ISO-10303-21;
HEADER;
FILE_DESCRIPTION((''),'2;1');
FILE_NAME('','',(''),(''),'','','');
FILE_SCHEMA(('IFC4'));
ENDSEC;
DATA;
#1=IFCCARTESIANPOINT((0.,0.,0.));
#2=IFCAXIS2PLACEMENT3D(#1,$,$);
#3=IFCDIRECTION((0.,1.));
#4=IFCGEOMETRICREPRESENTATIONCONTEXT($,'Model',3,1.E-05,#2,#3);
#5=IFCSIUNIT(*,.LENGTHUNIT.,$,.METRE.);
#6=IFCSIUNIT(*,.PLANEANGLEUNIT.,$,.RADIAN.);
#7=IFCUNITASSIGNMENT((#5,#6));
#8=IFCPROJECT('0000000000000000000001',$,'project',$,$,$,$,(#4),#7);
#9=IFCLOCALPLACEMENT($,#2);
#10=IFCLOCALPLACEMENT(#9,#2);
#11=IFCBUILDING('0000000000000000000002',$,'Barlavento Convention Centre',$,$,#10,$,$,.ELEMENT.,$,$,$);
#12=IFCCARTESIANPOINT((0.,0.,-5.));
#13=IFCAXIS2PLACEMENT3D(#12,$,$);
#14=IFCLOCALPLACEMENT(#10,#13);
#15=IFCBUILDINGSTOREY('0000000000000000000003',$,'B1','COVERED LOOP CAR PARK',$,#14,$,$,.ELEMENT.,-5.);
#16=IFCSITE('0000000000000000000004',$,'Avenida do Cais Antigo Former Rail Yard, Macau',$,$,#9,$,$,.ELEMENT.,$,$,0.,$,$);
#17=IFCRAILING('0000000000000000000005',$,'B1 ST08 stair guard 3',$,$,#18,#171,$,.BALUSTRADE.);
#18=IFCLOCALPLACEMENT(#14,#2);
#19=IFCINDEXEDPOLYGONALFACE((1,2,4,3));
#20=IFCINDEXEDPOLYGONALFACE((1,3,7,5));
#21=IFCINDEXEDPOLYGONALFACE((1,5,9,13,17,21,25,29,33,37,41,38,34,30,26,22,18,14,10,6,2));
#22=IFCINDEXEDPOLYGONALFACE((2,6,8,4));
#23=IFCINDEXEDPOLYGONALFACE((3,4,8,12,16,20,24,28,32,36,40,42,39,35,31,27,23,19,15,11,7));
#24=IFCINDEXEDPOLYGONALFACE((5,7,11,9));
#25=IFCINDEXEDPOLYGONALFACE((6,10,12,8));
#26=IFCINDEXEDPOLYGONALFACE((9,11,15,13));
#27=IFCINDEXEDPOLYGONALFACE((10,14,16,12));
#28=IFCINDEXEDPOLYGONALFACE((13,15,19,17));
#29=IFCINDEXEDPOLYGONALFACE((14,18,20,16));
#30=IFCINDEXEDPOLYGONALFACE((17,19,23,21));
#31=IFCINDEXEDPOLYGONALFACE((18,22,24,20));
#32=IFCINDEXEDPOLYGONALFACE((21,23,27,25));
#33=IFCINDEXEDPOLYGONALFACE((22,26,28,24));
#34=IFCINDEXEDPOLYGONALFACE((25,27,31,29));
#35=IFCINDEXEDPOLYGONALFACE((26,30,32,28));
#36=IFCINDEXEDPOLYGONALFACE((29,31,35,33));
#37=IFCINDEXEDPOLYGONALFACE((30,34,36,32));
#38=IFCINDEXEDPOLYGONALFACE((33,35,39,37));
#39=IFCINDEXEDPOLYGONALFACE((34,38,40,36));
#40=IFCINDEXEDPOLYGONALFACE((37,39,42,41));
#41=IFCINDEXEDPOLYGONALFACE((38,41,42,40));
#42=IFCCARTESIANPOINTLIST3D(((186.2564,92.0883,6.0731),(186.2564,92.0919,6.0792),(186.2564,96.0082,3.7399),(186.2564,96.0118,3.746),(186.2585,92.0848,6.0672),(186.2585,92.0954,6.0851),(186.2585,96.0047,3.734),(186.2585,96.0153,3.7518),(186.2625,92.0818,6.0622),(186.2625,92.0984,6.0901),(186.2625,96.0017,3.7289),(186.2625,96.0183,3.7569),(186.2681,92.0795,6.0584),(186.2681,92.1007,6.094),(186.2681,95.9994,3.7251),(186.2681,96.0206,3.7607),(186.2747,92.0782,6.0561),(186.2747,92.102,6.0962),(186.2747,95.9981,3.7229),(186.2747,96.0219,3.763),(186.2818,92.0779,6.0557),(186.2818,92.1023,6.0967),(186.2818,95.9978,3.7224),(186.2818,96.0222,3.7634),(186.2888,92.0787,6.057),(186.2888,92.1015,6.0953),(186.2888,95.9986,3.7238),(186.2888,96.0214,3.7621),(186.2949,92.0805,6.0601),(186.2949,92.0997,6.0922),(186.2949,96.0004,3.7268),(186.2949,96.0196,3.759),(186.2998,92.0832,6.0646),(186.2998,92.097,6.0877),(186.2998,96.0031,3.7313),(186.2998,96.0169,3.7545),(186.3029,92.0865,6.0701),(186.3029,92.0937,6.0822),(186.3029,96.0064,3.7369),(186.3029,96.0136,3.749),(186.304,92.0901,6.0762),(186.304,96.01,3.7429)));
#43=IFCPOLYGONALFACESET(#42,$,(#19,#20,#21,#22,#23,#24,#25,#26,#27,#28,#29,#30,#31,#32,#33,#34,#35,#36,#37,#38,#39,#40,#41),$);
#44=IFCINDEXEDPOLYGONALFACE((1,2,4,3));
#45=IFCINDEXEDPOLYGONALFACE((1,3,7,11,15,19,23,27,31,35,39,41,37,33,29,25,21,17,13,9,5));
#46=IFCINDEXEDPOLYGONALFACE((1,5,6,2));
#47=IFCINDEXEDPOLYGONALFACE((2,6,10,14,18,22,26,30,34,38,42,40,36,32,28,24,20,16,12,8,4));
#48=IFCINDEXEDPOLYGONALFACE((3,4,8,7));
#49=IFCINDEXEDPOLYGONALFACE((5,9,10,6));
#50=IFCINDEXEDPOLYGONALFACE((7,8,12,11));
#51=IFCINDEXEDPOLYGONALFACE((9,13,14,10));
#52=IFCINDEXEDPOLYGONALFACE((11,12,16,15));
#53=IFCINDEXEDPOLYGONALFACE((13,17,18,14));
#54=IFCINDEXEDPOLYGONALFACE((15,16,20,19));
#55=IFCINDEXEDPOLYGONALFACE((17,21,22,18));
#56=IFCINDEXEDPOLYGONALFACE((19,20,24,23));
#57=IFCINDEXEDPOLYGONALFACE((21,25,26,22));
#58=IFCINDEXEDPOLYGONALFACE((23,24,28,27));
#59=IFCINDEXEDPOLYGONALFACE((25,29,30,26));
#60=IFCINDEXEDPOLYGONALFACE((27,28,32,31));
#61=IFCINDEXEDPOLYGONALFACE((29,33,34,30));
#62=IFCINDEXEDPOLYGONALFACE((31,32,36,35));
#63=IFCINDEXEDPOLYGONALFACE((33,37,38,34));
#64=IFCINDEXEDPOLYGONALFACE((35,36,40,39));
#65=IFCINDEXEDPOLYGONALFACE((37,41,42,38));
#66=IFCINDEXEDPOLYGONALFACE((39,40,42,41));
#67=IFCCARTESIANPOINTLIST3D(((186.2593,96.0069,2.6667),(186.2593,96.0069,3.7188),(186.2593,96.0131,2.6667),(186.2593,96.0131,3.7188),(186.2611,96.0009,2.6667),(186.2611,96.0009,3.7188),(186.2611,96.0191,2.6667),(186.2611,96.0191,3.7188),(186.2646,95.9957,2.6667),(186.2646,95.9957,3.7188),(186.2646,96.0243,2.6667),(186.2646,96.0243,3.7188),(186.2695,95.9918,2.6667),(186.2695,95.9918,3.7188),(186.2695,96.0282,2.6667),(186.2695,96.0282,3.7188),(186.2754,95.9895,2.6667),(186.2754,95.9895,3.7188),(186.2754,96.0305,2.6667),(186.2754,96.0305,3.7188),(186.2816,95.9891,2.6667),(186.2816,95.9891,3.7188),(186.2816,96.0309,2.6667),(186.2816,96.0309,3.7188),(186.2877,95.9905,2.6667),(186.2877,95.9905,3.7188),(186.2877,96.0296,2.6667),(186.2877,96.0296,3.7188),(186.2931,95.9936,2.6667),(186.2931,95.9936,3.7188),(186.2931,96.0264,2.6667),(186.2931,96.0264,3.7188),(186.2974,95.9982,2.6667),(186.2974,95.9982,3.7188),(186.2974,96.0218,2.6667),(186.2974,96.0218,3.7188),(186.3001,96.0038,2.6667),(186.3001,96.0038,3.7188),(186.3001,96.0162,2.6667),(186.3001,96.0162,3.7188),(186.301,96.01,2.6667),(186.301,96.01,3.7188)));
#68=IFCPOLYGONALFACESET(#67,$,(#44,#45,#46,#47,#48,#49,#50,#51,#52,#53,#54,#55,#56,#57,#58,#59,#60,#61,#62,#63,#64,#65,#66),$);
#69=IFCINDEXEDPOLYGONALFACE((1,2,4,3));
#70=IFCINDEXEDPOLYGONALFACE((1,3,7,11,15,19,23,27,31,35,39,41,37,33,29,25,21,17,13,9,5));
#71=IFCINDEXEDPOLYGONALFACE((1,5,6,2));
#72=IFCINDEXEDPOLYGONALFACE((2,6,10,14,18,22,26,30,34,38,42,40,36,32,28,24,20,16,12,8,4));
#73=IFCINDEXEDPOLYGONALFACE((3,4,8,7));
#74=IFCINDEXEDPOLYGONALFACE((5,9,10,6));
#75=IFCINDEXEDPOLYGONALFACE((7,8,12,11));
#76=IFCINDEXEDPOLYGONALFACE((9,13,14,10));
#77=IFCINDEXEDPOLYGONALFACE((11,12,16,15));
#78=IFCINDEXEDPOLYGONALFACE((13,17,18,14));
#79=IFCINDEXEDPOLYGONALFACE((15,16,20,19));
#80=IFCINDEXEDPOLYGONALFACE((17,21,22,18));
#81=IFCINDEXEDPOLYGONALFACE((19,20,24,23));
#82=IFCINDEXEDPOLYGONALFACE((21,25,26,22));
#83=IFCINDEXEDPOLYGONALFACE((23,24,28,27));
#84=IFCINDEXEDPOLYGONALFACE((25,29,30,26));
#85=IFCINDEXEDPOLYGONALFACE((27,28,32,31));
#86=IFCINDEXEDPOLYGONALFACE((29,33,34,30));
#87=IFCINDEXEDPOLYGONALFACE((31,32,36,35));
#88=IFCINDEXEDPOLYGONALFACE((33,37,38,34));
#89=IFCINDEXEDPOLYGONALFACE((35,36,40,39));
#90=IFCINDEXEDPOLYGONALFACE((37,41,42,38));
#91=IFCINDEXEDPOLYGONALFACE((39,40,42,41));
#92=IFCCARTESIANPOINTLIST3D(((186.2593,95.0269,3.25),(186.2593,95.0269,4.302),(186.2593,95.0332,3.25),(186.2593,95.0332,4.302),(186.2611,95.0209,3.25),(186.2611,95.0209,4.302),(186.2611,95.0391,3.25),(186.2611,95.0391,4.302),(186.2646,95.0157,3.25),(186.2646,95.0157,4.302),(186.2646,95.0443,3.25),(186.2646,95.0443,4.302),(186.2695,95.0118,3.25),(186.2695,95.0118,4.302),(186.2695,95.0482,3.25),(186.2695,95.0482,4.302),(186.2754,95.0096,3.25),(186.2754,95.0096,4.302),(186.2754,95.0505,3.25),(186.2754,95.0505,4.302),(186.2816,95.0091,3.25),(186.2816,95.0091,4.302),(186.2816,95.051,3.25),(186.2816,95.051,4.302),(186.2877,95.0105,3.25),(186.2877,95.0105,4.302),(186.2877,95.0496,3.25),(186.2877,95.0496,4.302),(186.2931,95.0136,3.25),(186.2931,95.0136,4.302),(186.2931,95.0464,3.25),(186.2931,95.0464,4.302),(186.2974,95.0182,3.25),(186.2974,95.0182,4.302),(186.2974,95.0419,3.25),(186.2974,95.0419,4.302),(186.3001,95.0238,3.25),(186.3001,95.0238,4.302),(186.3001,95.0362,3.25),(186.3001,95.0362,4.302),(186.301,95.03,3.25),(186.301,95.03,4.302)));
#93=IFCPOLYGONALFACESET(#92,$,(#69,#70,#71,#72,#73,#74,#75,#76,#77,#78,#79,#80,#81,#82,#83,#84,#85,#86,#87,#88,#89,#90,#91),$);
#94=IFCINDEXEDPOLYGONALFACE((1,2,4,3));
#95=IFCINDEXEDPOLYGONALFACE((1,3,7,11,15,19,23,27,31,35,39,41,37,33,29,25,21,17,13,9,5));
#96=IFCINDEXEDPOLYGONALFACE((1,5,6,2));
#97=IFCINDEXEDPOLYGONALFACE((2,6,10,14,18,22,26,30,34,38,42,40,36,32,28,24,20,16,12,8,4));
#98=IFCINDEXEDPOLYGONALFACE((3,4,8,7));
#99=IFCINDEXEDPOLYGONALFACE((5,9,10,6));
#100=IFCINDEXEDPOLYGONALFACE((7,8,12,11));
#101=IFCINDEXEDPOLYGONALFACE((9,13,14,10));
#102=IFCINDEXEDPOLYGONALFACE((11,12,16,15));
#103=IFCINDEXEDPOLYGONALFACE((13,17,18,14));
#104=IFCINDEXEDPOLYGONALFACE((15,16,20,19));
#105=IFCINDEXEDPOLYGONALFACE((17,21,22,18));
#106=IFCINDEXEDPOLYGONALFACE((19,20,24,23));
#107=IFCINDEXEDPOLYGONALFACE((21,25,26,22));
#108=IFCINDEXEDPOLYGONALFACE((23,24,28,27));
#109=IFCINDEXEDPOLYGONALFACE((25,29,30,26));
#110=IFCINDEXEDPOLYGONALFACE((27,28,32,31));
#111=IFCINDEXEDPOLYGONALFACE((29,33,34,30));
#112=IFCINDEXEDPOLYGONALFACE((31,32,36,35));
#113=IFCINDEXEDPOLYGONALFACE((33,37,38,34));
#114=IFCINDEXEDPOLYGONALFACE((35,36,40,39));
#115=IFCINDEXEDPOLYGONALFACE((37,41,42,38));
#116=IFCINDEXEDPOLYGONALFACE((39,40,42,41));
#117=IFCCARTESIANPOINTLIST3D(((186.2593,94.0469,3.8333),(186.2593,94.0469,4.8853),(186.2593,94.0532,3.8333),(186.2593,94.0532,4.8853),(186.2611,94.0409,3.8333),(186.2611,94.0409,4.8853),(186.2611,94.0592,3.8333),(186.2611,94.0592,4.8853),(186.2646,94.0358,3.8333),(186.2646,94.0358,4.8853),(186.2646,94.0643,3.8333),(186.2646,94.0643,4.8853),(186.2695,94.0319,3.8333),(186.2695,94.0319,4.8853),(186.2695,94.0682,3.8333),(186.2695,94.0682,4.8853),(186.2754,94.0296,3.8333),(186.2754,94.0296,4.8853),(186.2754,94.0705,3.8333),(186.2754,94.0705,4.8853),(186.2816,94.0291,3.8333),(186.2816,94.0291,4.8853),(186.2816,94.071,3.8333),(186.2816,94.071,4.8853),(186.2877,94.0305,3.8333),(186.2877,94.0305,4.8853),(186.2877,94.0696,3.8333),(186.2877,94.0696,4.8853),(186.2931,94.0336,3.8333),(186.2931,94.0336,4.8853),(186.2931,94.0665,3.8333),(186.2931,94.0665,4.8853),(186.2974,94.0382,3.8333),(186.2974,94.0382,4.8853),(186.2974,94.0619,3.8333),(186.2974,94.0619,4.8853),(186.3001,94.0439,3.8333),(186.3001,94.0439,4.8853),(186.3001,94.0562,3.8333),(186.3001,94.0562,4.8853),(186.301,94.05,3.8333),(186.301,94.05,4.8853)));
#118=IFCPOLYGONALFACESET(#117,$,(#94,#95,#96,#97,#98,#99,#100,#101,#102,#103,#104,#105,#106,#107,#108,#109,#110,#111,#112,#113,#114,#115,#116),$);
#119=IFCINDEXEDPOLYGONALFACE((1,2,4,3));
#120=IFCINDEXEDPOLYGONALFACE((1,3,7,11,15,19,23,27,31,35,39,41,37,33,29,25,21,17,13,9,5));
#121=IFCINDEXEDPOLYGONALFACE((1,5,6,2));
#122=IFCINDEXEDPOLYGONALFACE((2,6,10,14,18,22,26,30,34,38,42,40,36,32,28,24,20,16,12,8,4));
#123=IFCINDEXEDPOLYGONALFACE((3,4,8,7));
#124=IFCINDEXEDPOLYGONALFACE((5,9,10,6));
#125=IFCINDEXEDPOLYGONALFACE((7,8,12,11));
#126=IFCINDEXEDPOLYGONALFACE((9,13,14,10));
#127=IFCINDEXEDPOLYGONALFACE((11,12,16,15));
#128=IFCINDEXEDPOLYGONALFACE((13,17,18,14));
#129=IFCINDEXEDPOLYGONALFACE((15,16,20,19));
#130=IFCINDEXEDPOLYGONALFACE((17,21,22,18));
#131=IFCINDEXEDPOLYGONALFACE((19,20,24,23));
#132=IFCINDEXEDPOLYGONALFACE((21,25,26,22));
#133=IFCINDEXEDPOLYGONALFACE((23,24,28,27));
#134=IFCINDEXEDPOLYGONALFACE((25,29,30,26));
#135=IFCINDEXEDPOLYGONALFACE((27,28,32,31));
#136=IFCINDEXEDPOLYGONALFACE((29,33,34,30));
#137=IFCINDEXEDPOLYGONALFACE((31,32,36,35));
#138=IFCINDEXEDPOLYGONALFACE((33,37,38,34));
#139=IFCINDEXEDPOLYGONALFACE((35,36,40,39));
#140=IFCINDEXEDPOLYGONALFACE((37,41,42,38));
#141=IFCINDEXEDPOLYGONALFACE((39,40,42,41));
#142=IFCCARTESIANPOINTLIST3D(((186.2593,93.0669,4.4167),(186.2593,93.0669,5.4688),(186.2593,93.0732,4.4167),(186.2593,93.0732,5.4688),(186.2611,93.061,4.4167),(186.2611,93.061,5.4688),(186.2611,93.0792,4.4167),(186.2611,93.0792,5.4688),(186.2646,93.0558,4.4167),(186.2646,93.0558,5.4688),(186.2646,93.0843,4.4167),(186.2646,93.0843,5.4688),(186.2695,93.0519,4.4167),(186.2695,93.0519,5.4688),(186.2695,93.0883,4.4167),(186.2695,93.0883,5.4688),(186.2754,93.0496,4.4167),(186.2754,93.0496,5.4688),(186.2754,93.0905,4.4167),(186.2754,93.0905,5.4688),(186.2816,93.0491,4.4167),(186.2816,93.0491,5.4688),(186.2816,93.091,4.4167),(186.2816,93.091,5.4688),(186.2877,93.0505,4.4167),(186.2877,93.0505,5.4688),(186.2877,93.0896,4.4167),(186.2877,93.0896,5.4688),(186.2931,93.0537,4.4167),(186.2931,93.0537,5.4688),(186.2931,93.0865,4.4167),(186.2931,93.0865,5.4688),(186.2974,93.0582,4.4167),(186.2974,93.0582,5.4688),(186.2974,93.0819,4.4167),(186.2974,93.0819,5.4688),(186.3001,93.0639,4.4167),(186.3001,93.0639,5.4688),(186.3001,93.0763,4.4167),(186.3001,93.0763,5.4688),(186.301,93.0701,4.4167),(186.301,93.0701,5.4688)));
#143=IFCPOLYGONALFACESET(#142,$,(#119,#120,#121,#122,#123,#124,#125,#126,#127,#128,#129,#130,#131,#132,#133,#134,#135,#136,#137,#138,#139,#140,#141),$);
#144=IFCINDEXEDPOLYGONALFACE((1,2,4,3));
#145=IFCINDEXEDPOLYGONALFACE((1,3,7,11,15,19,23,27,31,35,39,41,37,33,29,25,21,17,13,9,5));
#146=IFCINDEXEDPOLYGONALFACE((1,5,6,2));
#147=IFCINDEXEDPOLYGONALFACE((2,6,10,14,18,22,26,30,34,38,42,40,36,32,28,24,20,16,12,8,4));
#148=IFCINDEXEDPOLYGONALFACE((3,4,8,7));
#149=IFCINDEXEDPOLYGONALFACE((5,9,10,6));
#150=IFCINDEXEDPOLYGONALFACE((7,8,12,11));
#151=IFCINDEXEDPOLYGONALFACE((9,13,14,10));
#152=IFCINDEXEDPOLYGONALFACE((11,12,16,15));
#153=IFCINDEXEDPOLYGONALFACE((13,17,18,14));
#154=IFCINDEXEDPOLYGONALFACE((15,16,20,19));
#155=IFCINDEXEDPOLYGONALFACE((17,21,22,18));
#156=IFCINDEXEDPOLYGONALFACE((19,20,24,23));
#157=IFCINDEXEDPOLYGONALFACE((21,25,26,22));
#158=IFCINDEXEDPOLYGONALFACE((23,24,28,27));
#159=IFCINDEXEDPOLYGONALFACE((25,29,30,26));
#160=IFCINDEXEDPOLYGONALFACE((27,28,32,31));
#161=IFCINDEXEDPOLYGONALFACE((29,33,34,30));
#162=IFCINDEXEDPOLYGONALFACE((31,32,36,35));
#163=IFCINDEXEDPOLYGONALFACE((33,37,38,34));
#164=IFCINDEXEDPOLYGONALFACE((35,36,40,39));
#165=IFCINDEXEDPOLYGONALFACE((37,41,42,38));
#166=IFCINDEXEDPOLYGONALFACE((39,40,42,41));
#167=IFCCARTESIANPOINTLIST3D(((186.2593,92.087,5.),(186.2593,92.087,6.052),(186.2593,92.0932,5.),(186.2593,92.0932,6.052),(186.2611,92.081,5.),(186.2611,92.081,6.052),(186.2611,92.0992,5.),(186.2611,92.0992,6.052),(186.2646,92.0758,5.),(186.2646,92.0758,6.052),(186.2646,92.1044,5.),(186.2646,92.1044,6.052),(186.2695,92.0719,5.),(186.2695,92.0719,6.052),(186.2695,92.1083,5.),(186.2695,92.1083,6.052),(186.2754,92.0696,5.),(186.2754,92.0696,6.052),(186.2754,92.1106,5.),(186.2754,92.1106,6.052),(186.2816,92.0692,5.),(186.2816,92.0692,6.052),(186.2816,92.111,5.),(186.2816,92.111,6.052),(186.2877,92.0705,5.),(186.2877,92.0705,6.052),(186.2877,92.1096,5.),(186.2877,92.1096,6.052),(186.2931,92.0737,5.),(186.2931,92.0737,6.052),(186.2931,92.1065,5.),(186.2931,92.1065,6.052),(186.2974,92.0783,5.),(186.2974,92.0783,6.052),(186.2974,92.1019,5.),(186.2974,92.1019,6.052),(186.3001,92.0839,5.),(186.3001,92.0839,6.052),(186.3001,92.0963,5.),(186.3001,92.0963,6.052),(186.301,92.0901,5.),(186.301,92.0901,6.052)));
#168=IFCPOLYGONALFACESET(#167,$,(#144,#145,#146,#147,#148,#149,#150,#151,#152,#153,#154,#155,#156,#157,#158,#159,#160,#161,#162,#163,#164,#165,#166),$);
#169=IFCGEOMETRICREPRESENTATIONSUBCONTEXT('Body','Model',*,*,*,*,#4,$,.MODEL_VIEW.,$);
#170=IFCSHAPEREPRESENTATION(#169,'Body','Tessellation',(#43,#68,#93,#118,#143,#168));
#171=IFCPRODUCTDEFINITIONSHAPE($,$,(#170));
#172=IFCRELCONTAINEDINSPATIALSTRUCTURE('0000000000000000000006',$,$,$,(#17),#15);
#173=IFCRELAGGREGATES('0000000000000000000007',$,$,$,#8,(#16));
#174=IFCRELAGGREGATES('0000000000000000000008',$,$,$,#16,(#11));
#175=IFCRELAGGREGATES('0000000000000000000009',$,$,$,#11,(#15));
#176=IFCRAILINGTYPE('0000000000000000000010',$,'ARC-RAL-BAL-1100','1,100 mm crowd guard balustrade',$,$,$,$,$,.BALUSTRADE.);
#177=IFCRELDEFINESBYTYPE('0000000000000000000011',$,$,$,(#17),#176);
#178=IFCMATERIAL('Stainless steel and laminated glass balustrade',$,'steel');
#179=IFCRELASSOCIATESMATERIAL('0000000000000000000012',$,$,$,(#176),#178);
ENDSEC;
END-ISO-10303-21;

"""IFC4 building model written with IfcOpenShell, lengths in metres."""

from ifc_helpers import new_model, si_unit, direction, frame, origin, origin_2d, place, context, subcontext, project, spatial, circle, extrude, material, type_object, element, save


model = new_model("IFC4")

# Units and contexts
model_context = context("Model", 3, precision=1e-05, world=origin(), true_north=direction((0.0, 1.0)))
body_context = subcontext(model_context, "Body", "Model", "MODEL_VIEW")
ifc_project = project(units=[si_unit("LENGTHUNIT", "METRE"), si_unit("PLANEANGLEUNIT", "RADIAN")], contexts=[model_context])

# Site, building, storey
site_placement = place(None, origin())
site = spatial("IfcSite", under=ifc_project, at=site_placement, Name="Avenida do Cais Antigo Former Rail Yard, Macau", CompositionType="ELEMENT", RefElevation=0.0)
building_placement = place(site_placement, origin())
building = spatial("IfcBuilding", under=site, at=building_placement, Name="Barlavento Convention Centre", CompositionType="ELEMENT")
storey_placement = place(building_placement, frame((0.0, 0.0, -5.0)))
storey = spatial("IfcBuildingStorey", under=building, at=storey_placement, Name="B1", Description="COVERED LOOP CAR PARK", CompositionType="ELEMENT", Elevation=-5.0)

# Railing
ifc_material_1 = material(Name="Stainless steel and laminated glass balustrade", Category="steel")
railing_type_1 = type_object("IfcRailingType", Name="ARC-RAL-BAL-1100", Description="1,100 mm crowd guard balustrade", PredefinedType="BALUSTRADE", material=ifc_material_1)
railing_1_placement = place(storey_placement, frame((186.28, 96.01, 2.6667)))
element("IfcRailing", 1, at=railing_1_placement, inside=storey, type_object=railing_type_1, Name="B1 ST08 stair guard 3", PredefinedType="BALUSTRADE", context=body_context, shape_type="SweptSolid", body=[
    extrude(circle(Radius=0.0239, at=origin_2d()), frame((0.0, 0.0, 1.0762), z_axis=(0.0, -0.859296, 0.511478), x_axis=(1.0, 0.0, 0.0)), (0.0, 0.0, 1.0), 4.5618),
    extrude(circle(Radius=0.021, at=origin_2d()), origin(), (0.0, 0.0, 1.0), 1.052),
    extrude(circle(Radius=0.021, at=origin_2d()), frame((0.0, -0.98, 0.5833)), (0.0, 0.0, 1.0), 1.052),
    extrude(circle(Radius=0.021, at=origin_2d()), frame((0.0, -1.96, 1.1665)), (0.0, 0.0, 1.0), 1.052),
    extrude(circle(Radius=0.021, at=origin_2d()), frame((0.0, -2.9399, 1.75)), (0.0, 0.0, 1.0), 1.052),
    extrude(circle(Radius=0.021, at=origin_2d()), frame((0.0, -3.9199, 2.3333)), (0.0, 0.0, 1.0), 1.052),
])

save(model, "model.ifc")
